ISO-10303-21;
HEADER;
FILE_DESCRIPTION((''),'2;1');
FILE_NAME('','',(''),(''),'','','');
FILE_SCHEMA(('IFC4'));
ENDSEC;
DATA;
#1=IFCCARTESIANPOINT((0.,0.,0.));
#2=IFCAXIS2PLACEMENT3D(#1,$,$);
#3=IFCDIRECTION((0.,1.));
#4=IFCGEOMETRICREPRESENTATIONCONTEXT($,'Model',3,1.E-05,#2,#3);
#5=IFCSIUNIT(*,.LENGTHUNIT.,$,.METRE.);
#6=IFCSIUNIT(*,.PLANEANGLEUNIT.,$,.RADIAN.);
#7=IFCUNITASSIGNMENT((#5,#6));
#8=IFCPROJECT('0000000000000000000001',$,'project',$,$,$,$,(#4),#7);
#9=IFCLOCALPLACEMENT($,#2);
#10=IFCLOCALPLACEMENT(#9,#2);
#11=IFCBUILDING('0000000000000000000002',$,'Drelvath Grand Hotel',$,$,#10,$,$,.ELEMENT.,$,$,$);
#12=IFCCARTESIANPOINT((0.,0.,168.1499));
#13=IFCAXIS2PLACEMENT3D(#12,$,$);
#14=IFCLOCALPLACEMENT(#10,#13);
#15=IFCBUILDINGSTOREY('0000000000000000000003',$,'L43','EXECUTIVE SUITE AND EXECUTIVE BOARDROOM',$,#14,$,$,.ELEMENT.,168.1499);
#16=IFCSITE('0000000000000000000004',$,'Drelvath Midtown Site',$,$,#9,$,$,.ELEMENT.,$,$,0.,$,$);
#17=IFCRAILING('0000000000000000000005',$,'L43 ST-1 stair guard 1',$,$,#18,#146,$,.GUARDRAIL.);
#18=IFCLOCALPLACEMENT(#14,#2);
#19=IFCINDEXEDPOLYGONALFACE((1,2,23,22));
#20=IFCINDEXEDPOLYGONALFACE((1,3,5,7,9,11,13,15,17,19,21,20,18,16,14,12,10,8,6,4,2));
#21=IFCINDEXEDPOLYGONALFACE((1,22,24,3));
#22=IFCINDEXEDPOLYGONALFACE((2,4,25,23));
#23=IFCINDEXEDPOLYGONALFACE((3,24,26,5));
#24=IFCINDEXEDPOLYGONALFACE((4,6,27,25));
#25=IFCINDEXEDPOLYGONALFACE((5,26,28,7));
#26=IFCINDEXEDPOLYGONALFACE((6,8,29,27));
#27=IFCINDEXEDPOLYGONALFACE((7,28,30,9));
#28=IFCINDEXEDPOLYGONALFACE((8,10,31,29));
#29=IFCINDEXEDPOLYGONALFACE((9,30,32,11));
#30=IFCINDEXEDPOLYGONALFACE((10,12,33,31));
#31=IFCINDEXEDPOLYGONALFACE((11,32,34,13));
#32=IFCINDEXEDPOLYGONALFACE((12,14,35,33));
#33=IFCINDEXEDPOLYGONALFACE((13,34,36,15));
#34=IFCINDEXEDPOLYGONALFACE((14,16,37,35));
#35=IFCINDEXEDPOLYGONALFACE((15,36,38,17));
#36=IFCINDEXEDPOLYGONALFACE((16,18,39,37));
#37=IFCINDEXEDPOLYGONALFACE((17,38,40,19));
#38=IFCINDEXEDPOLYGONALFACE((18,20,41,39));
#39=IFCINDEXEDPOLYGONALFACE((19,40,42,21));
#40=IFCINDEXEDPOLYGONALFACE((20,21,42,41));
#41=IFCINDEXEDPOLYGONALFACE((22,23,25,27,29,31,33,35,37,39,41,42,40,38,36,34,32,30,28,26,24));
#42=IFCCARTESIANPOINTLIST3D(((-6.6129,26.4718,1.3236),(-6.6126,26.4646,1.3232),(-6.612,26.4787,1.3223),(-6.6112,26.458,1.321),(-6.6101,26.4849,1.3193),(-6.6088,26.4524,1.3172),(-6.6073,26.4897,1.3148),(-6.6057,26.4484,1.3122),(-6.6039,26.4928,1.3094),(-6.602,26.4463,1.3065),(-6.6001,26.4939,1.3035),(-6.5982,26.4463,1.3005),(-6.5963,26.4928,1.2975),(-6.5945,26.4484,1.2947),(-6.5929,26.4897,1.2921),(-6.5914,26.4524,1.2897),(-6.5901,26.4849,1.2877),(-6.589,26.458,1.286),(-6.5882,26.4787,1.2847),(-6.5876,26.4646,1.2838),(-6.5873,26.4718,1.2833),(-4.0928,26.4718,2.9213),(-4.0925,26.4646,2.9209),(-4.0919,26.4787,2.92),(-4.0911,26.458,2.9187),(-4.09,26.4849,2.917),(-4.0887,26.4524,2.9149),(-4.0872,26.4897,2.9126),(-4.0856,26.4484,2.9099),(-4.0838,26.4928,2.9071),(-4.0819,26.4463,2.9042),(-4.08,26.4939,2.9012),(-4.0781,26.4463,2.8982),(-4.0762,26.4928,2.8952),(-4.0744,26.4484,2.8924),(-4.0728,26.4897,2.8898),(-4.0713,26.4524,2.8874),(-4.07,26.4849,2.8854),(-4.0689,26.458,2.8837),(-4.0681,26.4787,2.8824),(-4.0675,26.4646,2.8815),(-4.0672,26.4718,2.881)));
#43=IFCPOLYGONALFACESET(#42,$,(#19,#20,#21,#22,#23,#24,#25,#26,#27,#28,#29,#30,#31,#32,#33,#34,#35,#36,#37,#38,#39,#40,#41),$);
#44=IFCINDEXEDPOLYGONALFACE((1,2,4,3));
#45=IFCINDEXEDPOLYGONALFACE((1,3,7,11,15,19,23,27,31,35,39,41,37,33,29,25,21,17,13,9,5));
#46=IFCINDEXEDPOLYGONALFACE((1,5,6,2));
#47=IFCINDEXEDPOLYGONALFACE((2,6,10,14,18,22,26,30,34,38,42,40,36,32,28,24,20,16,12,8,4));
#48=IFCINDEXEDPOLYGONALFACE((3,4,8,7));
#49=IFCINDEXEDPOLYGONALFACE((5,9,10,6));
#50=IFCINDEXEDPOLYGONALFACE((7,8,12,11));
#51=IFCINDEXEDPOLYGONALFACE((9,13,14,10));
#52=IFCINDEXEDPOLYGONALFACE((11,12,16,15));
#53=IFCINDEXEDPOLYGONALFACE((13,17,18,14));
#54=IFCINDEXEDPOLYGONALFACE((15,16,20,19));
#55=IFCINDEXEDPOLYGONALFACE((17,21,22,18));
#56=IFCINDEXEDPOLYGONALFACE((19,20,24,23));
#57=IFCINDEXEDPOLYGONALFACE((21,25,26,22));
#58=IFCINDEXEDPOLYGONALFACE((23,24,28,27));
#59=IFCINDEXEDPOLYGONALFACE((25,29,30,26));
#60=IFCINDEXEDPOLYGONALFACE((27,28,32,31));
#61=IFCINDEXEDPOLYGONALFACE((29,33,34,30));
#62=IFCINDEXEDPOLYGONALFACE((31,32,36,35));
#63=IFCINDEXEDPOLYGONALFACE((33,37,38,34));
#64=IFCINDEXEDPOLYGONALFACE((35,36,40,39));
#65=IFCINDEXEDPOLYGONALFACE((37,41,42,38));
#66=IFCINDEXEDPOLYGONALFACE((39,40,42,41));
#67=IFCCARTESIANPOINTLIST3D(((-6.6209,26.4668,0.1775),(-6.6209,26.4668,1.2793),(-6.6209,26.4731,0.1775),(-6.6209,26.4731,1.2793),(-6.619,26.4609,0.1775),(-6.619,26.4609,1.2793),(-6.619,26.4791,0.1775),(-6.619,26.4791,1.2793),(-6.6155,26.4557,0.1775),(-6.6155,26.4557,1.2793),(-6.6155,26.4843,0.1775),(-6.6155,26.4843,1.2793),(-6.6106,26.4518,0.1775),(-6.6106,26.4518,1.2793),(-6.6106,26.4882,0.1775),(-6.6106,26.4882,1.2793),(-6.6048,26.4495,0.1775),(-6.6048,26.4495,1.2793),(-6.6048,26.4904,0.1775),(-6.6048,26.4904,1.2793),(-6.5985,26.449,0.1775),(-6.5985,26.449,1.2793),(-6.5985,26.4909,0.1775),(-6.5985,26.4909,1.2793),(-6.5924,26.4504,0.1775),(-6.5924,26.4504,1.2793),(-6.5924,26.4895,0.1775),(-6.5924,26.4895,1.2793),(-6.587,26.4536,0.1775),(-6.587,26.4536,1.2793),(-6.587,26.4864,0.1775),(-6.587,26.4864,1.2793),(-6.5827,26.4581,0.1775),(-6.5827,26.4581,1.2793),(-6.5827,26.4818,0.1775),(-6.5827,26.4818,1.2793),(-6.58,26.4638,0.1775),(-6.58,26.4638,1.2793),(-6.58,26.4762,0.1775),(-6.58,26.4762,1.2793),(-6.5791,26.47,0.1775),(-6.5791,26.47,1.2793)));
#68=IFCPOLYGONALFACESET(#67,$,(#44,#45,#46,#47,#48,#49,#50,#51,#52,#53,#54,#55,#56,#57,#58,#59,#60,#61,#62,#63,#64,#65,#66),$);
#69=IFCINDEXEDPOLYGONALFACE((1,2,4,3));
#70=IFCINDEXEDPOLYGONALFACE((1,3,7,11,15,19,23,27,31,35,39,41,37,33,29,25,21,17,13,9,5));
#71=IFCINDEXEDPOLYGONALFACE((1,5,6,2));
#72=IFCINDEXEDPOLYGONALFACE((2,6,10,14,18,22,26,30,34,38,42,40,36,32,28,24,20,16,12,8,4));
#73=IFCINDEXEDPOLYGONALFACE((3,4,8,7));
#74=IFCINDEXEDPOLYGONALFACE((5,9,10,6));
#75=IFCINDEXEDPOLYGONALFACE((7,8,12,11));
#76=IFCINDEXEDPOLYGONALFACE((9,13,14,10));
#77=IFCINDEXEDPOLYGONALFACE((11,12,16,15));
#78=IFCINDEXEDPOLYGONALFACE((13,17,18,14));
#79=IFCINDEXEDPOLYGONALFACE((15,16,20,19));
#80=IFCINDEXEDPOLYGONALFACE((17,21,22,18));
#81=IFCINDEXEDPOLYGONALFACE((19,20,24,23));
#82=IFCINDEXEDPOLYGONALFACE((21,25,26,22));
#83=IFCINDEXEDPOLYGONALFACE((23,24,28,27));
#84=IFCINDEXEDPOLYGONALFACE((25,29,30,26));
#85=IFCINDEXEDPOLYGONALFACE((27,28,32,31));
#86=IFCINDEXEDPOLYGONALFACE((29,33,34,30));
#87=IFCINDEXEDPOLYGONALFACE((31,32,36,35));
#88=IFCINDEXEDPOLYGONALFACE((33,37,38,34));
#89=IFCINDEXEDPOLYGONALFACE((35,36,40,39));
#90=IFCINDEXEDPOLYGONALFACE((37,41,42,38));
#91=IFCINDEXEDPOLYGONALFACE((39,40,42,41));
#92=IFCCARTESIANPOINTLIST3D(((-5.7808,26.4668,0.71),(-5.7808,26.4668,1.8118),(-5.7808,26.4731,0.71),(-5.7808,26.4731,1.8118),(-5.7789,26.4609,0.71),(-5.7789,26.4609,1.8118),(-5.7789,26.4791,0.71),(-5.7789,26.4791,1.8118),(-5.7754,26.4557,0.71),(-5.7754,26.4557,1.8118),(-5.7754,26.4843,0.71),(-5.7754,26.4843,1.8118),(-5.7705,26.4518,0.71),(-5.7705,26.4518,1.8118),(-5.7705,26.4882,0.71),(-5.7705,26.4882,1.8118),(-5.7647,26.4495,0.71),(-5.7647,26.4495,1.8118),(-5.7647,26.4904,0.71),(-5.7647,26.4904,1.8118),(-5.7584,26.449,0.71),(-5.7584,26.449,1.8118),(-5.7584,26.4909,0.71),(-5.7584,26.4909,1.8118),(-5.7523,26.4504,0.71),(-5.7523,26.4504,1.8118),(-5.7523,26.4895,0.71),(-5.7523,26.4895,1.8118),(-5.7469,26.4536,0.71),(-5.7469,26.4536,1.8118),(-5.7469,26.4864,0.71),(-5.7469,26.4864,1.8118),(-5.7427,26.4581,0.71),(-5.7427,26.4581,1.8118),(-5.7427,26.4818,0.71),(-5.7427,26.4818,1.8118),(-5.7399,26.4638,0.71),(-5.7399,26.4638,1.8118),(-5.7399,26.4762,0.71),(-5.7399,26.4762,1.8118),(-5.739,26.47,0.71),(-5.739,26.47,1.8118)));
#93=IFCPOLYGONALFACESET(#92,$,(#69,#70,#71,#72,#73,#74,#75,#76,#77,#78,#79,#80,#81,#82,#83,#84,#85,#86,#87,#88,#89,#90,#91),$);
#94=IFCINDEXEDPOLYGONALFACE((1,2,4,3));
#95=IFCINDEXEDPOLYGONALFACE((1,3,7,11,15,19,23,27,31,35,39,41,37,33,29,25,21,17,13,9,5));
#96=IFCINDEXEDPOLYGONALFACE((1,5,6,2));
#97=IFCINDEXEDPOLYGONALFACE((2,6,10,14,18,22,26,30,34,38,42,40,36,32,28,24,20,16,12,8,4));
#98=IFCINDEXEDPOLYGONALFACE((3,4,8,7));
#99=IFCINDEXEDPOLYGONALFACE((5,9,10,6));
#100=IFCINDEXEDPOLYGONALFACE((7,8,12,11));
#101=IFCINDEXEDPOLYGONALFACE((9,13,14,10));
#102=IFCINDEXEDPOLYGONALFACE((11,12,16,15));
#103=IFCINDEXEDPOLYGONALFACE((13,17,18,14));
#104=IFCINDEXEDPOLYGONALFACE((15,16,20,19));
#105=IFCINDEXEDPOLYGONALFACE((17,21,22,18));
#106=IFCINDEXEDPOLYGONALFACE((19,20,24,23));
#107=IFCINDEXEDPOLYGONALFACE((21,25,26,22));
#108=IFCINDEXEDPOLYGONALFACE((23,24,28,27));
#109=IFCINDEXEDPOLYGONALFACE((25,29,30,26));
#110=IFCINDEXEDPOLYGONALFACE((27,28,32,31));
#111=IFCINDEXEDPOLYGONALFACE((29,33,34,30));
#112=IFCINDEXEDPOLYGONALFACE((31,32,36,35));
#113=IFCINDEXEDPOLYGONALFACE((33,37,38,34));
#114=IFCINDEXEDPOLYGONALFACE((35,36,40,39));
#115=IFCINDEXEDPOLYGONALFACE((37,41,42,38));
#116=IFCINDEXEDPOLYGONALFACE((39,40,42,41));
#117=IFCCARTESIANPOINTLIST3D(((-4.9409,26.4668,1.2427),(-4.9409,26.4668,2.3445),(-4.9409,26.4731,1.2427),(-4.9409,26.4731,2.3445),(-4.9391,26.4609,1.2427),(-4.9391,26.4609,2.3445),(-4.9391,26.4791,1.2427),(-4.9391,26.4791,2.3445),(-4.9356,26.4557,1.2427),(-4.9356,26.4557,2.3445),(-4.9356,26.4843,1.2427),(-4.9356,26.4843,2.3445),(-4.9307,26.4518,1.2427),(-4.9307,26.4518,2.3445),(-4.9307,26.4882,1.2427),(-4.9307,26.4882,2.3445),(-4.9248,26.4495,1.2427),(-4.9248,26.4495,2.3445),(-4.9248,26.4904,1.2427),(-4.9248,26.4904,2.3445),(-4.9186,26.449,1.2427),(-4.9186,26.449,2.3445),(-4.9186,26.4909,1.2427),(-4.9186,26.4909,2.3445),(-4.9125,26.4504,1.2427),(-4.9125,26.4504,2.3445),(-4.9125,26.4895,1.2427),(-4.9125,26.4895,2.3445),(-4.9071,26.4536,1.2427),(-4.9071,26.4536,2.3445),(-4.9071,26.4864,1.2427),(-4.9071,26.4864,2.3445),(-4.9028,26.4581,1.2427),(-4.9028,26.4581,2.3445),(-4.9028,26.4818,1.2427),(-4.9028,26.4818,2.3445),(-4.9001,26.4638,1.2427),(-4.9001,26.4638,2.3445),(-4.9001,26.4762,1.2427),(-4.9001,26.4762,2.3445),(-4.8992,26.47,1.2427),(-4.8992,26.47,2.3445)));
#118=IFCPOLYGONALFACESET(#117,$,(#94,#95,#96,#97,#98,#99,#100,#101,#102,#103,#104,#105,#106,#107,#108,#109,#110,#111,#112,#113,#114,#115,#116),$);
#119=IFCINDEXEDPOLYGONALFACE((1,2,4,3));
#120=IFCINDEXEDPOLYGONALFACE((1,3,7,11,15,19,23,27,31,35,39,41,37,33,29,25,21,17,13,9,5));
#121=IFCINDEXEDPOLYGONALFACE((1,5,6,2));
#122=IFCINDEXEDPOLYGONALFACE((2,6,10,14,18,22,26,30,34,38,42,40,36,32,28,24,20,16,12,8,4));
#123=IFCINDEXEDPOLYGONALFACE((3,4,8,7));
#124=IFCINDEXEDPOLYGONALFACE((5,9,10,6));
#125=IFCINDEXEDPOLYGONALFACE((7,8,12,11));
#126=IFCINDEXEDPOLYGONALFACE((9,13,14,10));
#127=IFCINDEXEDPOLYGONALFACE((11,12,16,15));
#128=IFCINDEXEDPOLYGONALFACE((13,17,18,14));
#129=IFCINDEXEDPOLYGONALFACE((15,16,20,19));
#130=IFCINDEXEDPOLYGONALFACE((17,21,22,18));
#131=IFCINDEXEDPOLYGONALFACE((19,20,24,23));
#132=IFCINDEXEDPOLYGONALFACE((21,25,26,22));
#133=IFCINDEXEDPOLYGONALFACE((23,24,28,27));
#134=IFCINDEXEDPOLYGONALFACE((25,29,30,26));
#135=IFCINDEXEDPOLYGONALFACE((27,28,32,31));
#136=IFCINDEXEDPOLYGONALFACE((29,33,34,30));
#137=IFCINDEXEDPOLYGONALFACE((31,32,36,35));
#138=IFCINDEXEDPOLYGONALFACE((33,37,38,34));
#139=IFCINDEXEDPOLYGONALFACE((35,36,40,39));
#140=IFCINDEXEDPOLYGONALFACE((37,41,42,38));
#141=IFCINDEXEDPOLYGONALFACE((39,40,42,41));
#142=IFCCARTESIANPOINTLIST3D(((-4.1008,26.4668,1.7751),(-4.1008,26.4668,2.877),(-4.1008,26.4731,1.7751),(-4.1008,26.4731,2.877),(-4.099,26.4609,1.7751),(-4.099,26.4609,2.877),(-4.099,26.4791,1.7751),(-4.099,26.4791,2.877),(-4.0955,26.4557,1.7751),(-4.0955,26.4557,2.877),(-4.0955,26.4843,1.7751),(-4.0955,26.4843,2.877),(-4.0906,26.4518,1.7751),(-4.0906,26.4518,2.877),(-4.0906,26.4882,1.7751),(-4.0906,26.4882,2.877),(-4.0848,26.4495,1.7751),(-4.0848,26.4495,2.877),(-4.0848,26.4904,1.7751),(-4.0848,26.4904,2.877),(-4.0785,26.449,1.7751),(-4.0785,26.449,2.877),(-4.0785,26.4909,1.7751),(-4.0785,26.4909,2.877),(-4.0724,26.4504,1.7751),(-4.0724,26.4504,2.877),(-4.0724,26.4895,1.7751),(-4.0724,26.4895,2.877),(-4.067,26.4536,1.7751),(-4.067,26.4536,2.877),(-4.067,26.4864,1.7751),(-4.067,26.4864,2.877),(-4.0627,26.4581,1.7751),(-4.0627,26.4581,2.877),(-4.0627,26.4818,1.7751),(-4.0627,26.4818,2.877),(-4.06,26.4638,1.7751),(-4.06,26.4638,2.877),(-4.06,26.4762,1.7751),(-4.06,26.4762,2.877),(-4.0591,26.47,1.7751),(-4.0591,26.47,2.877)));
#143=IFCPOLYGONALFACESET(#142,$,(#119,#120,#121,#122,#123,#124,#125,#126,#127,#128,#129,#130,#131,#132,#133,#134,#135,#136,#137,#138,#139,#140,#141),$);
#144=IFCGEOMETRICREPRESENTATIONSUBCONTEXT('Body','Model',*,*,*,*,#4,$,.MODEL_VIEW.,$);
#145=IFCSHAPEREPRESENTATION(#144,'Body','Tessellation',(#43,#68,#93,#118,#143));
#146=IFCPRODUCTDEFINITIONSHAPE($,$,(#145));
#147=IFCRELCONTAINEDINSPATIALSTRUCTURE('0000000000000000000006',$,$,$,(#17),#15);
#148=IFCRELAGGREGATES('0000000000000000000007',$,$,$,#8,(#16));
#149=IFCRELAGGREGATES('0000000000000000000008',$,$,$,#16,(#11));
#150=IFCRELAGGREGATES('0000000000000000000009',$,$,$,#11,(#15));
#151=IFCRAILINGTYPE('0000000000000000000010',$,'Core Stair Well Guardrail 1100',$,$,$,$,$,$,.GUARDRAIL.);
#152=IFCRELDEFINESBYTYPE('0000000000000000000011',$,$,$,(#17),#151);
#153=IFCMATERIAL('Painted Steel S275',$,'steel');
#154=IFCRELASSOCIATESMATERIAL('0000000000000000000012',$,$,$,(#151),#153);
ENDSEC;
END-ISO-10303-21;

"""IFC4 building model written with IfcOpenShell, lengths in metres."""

from ifc_helpers import new_model, si_unit, direction, frame, origin, origin_2d, place, context, subcontext, project, spatial, circle, extrude, material, type_object, element, save


model = new_model("IFC4")

# Units and contexts
model_context = context("Model", 3, precision=1e-05, world=origin(), true_north=direction((0.0, 1.0)))
body_context = subcontext(model_context, "Body", "Model", "MODEL_VIEW")
ifc_project = project(units=[si_unit("LENGTHUNIT", "METRE"), si_unit("PLANEANGLEUNIT", "RADIAN")], contexts=[model_context])

# Site, building, storey
site_placement = place(None, origin())
site = spatial("IfcSite", under=ifc_project, at=site_placement, Name="Drelvath Midtown Site", CompositionType="ELEMENT", RefElevation=0.0)
building_placement = place(site_placement, origin())
building = spatial("IfcBuilding", under=site, at=building_placement, Name="Drelvath Grand Hotel", CompositionType="ELEMENT")
storey_placement = place(building_placement, frame((0.0, 0.0, 168.1499)))
storey = spatial("IfcBuildingStorey", under=building, at=storey_placement, Name="L43", Description="EXECUTIVE SUITE AND EXECUTIVE BOARDROOM", CompositionType="ELEMENT", Elevation=168.1499)

# Shared definitions
ifc_material_1 = material(Name="Painted Steel S275", Category="steel")

# Railing
railing_type_1 = type_object("IfcRailingType", Name="Core Stair Well Guardrail 1100", PredefinedType="GUARDRAIL", material=ifc_material_1)
railing_1_placement = place(storey_placement, frame((-6.6001, 26.47, 0.1775)))
element("IfcRailing", 1, at=railing_1_placement, inside=storey, type_object=railing_type_1, Name="L43 ST-1 stair guard 1", PredefinedType="GUARDRAIL", context=body_context, shape_type="SweptSolid", body=[
    extrude(circle(Radius=0.0239, at=origin_2d()), frame((0.0, 0.0, 1.126), z_axis=(0.84457, 0.0, 0.535445), x_axis=(0.0, 1.0, 0.0)), (0.0, 0.0, 1.0), 2.9839),
    extrude(circle(Radius=0.021, at=origin_2d()), origin(), (0.0, 0.0, 1.0), 1.1018),
    extrude(circle(Radius=0.021, at=origin_2d()), frame((0.8401, 0.0, 0.5325)), (0.0, 0.0, 1.0), 1.1018),
    extrude(circle(Radius=0.021, at=origin_2d()), frame((1.6799, 0.0, 1.0652)), (0.0, 0.0, 1.0), 1.1018),
    extrude(circle(Radius=0.021, at=origin_2d()), frame((2.52, 0.0, 1.5977)), (0.0, 0.0, 1.0), 1.1018),
])

save(model, "model.ifc")
